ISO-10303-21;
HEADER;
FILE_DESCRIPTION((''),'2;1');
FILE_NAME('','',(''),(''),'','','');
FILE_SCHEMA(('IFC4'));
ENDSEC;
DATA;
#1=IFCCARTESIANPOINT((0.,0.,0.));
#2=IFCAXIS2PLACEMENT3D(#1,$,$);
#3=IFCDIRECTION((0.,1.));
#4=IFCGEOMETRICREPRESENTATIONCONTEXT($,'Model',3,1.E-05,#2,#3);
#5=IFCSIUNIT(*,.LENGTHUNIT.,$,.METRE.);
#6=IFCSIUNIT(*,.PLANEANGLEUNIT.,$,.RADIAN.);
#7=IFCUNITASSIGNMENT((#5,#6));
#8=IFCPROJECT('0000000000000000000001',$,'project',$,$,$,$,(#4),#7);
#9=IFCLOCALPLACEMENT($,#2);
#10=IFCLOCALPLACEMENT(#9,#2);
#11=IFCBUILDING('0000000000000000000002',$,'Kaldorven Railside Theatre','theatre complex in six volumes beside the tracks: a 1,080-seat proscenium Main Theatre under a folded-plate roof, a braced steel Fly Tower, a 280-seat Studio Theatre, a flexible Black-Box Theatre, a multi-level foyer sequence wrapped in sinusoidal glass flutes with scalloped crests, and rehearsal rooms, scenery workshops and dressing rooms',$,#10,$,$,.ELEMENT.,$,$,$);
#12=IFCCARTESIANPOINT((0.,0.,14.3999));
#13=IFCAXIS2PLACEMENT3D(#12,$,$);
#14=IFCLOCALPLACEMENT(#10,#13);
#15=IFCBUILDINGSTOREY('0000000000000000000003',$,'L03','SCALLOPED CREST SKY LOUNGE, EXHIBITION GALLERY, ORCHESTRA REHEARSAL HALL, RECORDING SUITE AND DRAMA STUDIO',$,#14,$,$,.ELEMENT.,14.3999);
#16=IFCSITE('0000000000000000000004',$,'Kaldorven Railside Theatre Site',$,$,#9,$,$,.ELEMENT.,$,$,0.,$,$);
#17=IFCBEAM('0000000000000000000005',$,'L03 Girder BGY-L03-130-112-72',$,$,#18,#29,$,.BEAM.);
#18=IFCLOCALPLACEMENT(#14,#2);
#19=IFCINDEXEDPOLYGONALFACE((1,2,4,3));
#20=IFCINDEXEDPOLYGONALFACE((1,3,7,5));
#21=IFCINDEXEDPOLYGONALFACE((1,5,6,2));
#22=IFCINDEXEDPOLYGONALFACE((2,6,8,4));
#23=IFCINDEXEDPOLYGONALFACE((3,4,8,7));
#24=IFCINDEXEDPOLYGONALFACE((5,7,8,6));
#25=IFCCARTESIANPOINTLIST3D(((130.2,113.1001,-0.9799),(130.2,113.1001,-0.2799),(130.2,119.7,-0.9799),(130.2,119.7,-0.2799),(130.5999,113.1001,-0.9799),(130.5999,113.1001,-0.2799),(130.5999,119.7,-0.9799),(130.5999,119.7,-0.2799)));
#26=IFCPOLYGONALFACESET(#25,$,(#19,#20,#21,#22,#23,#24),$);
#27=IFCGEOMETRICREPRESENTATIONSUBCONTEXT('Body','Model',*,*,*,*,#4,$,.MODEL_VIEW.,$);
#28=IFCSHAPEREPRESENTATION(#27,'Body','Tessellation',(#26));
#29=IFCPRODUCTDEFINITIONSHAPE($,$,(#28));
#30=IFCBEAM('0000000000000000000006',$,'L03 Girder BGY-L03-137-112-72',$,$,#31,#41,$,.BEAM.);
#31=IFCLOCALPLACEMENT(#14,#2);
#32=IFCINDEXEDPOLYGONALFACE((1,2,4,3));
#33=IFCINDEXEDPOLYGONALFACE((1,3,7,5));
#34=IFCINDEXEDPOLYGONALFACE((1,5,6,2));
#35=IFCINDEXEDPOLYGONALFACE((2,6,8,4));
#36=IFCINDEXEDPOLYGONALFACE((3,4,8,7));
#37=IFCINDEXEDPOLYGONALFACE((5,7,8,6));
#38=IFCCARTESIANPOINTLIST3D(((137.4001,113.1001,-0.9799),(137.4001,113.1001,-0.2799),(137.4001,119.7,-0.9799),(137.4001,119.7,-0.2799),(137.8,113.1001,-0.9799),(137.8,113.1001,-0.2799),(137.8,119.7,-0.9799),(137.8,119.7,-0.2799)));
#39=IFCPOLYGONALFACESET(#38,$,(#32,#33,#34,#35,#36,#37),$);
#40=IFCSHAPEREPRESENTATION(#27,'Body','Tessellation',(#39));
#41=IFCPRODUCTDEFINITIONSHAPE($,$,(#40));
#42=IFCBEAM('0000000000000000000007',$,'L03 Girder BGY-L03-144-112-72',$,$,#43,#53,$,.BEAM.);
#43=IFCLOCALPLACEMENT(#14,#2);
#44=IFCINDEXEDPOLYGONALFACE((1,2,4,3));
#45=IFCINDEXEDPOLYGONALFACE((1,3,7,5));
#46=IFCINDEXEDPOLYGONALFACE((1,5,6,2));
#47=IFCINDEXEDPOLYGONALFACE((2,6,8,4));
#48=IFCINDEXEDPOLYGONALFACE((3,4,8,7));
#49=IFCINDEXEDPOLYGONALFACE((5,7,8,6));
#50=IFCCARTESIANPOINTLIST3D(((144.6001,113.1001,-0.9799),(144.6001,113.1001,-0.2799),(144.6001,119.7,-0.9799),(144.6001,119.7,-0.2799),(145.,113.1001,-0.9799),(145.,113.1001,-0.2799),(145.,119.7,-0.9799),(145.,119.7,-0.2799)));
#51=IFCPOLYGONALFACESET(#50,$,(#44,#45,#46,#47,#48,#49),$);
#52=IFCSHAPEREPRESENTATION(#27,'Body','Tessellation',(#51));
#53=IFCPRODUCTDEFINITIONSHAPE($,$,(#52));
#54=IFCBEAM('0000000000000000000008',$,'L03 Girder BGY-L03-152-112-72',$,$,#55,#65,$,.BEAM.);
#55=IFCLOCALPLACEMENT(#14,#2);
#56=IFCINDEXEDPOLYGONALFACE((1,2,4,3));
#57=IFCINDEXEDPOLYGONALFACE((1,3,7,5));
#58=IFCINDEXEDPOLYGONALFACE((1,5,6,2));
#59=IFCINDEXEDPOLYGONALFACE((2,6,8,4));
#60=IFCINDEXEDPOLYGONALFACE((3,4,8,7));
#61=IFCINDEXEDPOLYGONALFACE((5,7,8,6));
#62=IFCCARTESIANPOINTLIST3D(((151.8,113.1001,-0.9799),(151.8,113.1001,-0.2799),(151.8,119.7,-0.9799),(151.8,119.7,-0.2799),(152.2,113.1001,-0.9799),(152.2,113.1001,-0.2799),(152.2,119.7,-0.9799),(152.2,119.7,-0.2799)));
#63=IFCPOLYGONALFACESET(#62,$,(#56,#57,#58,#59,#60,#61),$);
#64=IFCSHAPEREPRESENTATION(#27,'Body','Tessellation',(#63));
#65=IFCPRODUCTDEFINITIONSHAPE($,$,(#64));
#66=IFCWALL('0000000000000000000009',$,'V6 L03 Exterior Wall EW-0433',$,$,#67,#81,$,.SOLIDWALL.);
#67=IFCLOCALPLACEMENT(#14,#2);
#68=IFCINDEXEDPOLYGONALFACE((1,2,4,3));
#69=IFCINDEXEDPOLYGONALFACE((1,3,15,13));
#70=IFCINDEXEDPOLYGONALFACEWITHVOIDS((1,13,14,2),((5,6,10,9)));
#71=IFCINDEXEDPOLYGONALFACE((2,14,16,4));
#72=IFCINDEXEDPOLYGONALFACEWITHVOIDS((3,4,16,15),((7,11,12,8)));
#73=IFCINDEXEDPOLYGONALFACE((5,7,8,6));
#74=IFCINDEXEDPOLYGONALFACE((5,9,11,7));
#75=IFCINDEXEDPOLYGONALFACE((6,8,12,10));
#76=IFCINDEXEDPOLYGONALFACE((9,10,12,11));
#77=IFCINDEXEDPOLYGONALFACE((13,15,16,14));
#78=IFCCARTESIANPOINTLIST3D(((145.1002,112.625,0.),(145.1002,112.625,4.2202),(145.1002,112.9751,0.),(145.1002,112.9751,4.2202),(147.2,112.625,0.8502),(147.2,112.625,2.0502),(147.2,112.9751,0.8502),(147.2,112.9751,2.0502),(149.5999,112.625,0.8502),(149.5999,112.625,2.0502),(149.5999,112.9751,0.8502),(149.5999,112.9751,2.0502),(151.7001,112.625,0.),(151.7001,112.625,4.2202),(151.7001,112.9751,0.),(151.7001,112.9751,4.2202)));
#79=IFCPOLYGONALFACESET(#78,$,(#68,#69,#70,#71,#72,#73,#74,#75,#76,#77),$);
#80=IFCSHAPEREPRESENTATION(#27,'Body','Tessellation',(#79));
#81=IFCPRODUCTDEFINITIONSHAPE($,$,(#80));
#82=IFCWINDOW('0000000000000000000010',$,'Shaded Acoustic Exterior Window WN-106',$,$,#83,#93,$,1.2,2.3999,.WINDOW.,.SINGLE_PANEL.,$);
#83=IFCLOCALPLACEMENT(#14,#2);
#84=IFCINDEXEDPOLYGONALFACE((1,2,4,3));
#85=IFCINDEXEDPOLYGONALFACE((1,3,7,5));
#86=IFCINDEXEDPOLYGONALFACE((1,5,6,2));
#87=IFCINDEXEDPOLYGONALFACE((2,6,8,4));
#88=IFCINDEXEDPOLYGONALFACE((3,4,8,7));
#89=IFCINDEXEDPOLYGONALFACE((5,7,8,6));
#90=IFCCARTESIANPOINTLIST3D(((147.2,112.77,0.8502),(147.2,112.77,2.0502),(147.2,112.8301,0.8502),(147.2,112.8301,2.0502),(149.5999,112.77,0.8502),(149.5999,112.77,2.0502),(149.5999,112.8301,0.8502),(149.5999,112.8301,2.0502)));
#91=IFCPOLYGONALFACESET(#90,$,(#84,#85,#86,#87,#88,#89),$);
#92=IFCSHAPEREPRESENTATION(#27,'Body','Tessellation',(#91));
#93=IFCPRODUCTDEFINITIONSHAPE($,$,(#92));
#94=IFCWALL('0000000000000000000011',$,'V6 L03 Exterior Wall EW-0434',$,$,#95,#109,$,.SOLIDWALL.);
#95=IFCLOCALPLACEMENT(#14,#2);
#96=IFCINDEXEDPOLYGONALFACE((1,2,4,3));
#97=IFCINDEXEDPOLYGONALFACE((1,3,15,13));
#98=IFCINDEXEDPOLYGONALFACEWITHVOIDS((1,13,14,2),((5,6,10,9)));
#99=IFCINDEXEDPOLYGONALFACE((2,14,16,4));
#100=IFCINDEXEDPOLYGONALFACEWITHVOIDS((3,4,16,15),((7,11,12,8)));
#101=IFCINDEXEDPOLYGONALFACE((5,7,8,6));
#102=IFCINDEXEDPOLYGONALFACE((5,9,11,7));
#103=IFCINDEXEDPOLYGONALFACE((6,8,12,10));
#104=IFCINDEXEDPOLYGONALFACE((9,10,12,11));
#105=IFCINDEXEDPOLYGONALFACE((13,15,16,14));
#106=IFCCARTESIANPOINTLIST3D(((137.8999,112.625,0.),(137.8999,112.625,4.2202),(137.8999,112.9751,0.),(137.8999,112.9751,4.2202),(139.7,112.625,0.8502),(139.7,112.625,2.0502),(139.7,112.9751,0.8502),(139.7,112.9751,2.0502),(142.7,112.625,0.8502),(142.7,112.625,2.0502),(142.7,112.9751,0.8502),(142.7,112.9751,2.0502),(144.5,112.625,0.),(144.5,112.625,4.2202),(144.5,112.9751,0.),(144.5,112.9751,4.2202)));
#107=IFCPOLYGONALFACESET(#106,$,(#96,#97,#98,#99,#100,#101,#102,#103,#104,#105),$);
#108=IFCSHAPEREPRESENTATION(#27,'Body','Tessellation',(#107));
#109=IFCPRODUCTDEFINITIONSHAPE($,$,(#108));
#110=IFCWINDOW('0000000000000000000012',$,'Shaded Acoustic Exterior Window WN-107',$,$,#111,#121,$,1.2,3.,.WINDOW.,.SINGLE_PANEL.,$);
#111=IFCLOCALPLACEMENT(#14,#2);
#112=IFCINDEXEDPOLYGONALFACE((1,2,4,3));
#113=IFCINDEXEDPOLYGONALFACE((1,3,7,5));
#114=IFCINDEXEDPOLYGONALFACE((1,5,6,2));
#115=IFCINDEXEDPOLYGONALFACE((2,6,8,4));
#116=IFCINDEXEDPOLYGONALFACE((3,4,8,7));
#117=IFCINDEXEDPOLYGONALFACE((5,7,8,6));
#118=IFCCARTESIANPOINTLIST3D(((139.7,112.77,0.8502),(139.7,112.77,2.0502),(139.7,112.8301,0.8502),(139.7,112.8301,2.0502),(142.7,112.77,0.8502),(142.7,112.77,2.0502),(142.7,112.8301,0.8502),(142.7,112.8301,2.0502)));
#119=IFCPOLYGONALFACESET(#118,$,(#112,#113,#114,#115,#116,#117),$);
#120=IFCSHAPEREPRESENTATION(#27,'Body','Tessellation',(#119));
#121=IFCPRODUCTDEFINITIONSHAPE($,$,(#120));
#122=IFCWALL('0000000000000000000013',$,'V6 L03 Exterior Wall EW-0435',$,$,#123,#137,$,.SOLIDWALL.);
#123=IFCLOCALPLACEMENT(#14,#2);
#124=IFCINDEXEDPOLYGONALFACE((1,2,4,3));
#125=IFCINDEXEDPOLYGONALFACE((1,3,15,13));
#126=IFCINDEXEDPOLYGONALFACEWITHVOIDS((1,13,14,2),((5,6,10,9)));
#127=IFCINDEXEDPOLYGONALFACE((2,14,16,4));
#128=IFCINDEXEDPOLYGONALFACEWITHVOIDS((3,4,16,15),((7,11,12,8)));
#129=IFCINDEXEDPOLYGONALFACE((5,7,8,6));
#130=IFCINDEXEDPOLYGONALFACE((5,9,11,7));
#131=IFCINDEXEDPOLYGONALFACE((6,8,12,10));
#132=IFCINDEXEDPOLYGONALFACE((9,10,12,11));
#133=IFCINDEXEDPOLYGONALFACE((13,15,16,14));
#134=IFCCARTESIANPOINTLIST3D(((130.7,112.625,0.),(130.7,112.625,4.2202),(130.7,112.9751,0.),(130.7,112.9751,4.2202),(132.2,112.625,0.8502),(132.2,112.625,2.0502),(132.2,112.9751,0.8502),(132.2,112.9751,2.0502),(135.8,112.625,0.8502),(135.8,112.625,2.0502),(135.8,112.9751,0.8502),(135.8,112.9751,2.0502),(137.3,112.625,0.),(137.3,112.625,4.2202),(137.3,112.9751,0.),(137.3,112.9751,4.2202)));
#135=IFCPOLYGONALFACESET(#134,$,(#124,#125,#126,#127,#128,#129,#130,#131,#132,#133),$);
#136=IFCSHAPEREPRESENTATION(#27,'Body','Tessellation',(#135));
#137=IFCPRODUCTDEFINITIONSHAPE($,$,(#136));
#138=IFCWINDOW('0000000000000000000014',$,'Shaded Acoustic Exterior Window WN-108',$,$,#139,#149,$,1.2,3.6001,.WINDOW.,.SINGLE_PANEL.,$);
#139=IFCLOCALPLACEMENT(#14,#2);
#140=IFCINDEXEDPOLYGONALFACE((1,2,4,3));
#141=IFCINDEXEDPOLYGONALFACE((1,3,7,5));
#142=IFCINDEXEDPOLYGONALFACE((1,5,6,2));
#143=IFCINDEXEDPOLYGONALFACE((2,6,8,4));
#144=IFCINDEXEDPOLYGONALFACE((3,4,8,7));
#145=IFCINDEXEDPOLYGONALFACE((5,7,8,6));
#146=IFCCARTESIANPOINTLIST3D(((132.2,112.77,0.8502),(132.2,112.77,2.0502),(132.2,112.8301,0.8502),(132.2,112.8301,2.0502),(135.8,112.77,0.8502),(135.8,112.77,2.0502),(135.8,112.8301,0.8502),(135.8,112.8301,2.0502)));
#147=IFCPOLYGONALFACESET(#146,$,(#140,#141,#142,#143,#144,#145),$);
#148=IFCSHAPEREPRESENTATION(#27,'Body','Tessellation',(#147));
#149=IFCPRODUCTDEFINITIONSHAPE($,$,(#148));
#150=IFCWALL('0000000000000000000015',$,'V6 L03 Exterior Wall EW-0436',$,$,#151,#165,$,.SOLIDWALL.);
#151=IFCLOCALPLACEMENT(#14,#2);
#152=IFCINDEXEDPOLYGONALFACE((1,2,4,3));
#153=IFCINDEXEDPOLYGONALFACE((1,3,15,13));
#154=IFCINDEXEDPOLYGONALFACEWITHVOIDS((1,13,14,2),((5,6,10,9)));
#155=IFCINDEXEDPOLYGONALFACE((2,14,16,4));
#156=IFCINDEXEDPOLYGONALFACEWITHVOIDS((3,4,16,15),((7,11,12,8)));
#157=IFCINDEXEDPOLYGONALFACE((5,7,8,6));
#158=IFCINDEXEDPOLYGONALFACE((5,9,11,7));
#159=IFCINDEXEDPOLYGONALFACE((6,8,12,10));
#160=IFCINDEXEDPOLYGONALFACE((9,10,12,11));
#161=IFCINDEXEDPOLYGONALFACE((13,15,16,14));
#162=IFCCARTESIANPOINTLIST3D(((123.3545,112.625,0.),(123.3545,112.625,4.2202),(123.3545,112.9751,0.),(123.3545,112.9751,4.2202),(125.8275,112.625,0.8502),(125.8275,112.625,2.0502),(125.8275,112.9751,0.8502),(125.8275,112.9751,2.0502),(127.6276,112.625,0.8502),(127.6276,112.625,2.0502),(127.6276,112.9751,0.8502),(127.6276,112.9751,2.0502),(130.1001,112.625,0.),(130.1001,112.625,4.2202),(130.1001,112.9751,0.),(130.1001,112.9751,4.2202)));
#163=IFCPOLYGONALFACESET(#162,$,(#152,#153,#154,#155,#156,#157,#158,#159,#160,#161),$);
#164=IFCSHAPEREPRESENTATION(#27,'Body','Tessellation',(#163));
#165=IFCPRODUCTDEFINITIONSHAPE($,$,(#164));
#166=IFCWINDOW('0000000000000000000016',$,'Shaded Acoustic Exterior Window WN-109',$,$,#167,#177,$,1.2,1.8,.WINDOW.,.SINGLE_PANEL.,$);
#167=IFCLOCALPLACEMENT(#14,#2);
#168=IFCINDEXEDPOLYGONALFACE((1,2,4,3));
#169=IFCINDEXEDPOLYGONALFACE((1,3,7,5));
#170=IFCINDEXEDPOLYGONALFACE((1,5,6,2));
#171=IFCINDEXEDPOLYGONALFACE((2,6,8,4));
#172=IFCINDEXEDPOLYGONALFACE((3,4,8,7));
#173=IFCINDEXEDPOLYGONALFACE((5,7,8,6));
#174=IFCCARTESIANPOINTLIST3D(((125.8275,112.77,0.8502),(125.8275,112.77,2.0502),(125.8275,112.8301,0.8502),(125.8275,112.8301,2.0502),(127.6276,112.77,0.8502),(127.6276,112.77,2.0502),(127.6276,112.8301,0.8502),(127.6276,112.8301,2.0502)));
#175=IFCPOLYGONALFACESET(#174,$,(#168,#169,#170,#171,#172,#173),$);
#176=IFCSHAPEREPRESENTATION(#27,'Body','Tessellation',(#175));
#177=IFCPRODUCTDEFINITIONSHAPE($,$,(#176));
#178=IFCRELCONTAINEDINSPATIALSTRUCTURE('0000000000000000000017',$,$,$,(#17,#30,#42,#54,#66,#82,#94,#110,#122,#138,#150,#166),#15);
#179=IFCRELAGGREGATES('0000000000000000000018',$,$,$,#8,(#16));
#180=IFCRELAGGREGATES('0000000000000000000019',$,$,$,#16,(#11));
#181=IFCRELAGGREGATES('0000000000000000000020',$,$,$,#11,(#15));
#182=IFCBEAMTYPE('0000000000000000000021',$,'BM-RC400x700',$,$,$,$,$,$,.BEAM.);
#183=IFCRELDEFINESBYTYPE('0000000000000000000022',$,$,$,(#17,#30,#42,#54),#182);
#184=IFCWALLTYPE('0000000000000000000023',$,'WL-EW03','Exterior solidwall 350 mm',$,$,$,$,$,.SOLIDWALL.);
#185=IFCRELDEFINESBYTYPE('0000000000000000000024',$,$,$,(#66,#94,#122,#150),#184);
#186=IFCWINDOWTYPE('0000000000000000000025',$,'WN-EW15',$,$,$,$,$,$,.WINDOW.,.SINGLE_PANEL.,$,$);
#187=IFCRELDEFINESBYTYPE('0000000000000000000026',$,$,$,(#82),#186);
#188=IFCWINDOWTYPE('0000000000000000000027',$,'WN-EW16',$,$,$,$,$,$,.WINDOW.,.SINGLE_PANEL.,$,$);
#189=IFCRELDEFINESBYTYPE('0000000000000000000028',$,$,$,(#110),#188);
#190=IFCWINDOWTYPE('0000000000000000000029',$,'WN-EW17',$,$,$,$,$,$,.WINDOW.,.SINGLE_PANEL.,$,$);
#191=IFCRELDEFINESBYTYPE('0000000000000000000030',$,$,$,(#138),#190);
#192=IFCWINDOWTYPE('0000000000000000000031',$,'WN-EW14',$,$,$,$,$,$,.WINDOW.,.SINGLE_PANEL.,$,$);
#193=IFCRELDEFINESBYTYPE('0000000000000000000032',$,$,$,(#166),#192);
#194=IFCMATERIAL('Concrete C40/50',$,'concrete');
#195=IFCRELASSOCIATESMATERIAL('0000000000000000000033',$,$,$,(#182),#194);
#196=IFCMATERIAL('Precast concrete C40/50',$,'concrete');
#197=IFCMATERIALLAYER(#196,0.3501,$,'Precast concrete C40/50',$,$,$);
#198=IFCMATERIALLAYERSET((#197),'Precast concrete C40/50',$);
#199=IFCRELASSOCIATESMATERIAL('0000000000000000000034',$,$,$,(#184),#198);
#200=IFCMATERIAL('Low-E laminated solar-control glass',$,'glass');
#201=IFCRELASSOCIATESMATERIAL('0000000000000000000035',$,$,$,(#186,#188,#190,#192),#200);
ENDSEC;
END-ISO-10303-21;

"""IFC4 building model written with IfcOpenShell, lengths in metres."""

from ifc_helpers import new_model, si_unit, direction, frame, frame_2d, origin, origin_2d, place, context, subcontext, project, spatial, rectangle, extrude, material, layer, layer_set, material_profile, profile_set, type_object, element, fill, save


model = new_model("IFC4")

# Units and contexts
model_context = context("Model", 3, precision=1e-05, world=origin(), true_north=direction((0.0, 1.0)))
body_context = subcontext(model_context, "Body", "Model", "MODEL_VIEW")
ifc_project = project(units=[si_unit("LENGTHUNIT", "METRE"), si_unit("PLANEANGLEUNIT", "RADIAN")], contexts=[model_context])

# Site, building, storey
site_placement = place(None, origin())
site = spatial("IfcSite", under=ifc_project, at=site_placement, Name="Kaldorven Railside Theatre Site", CompositionType="ELEMENT", RefElevation=0.0)
building_placement = place(site_placement, origin())
building = spatial("IfcBuilding", under=site, at=building_placement, Name="Kaldorven Railside Theatre", Description="theatre complex in six volumes beside the tracks: a 1,080-seat proscenium Main Theatre under a folded-plate roof, a braced steel Fly Tower, a 280-seat Studio Theatre, a flexible Black-Box Theatre, a multi-level foyer sequence wrapped in sinusoidal glass flutes with scalloped crests, and rehearsal rooms, scenery workshops and dressing rooms", CompositionType="ELEMENT")
storey_placement = place(building_placement, frame((0.0, 0.0, 14.3999)))
storey = spatial("IfcBuildingStorey", under=building, at=storey_placement, Name="L03", Description="SCALLOPED CREST SKY LOUNGE, EXHIBITION GALLERY, ORCHESTRA REHEARSAL HALL, RECORDING SUITE AND DRAMA STUDIO", CompositionType="ELEMENT", Elevation=14.3999)

# Shared definitions
ifc_material_1 = material(Name="Concrete C40/50", Category="concrete")

# Beams
ifc_material_profile_1 = material_profile(ifc_material_1, rectangle(XDim=0.3999, YDim=0.7, at=origin_2d()), Name="RC 400x700")
ifc_profile_set_1 = profile_set([ifc_material_profile_1], Name="Concrete C40/50")
beam_type_1 = type_object("IfcBeamType", Name="BM-RC400x700", PredefinedType="BEAM", material=ifc_profile_set_1)
for number, where, z_axis, x_axis, name in (
    (1, (130.3999, 113.1001, -0.6299), (0.0, 1.0, 0.0), (-1.0, 0.0, 0.0), "L03 Girder BGY-L03-130-112-72"),
    (2, (137.6001, 113.1001, -0.6299), (0.0, 1.0, 0.0), (-1.0, 0.0, 0.0), "L03 Girder BGY-L03-137-112-72"),
    (3, (144.8, 113.1001, -0.6299), (0.0, 1.0, 0.0), (-1.0, 0.0, 0.0), "L03 Girder BGY-L03-144-112-72"),
    (4, (152.0, 113.1001, -0.6299), (0.0, 1.0, 0.0), (-1.0, 0.0, 0.0), "L03 Girder BGY-L03-152-112-72"),
):
    element("IfcBeam", number, at=place(storey_placement, frame(where, z_axis=z_axis, x_axis=x_axis)), inside=storey, type_object=beam_type_1, Name=name, PredefinedType="BEAM", context=body_context, shape_type="SweptSolid", body=[
        extrude(rectangle(XDim=0.3999, YDim=0.7, at=origin_2d()), origin(), (0.0, 0.0, 1.0), 6.5999),
    ])

# Walls, openings, windows
ifc_material_2 = material(Name="Precast concrete C40/50", Category="concrete")
ifc_layer_1 = layer(ifc_material_2, 0.3501, Name="Precast concrete C40/50")
ifc_layer_set_1 = layer_set([ifc_layer_1], Name="Precast concrete C40/50")
wall_type_1 = type_object("IfcWallType", Name="WL-EW03", Description="Exterior solidwall 350 mm", PredefinedType="SOLIDWALL", material=ifc_layer_set_1)
wall_1_placement = place(storey_placement, frame((151.7, 112.8, 0.0), z_axis=(0.0, 0.0, 1.0), x_axis=(-1.0, 0.0, 0.0)))
wall_1 = element("IfcWall", 5, at=wall_1_placement, inside=storey, type_object=wall_type_1, Name="V6 L03 Exterior Wall EW-0433", PredefinedType="SOLIDWALL", context=body_context, shape_type="SweptSolid", body=[
    extrude(rectangle(XDim=6.5999, YDim=0.3501, at=frame_2d((3.2998, 0.0))), origin(), (0.0, 0.0, 1.0), 4.2202),
])
opening_1_placement = place(wall_1_placement, frame((2.1001, 0.0, 0.8501)))
opening_1 = element("IfcOpeningElement", 6, at=opening_1_placement, cuts=wall_1, PredefinedType="OPENING", context=body_context, shape_type="SweptSolid", body=[
    extrude(rectangle(XDim=2.3999, YDim=1.2, at=frame_2d((1.2, 0.6001))), frame((0.0, 0.1851, 0.0), z_axis=(0.0, -1.0, 0.0), x_axis=(1.0, 0.0, 0.0)), (0.0, 0.0, 1.0), 0.3701),
])
ifc_material_3 = material(Name="Low-E laminated solar-control glass", Category="glass")
window_type_1 = type_object("IfcWindowType", Name="WN-EW15", PartitioningType="SINGLE_PANEL", PredefinedType="WINDOW", material=ifc_material_3)
window_1_placement = place(opening_1_placement, origin())
window_1 = element("IfcWindow", 7, at=window_1_placement, inside=storey, type_object=window_type_1, Name="Shaded Acoustic Exterior Window WN-106", OverallHeight=1.2, OverallWidth=2.3999, PartitioningType="SINGLE_PANEL", PredefinedType="WINDOW", context=body_context, shape_type="SweptSolid", body=[
    extrude(rectangle(XDim=2.3999, YDim=1.2, at=frame_2d((1.2, 0.6001))), frame((0.0, 0.03, 0.0), z_axis=(0.0, -1.0, 0.0), x_axis=(1.0, 0.0, 0.0)), (0.0, 0.0, 1.0), 0.0601),
])
fill(opening_1, window_1)
wall_2_placement = place(storey_placement, frame((144.5, 112.8, 0.0), z_axis=(0.0, 0.0, 1.0), x_axis=(-1.0, 0.0, 0.0)))
wall_2 = element("IfcWall", 8, at=wall_2_placement, inside=storey, type_object=wall_type_1, Name="V6 L03 Exterior Wall EW-0434", PredefinedType="SOLIDWALL", context=body_context, shape_type="SweptSolid", body=[
    extrude(rectangle(XDim=6.6001, YDim=0.3501, at=frame_2d((3.3, 0.0))), origin(), (0.0, 0.0, 1.0), 4.2202),
])
opening_2_placement = place(wall_2_placement, frame((1.8, 0.0, 0.8501)))
opening_2 = element("IfcOpeningElement", 9, at=opening_2_placement, cuts=wall_2, PredefinedType="OPENING", context=body_context, shape_type="SweptSolid", body=[
    extrude(rectangle(XDim=3.0, YDim=1.2, at=frame_2d((1.5, 0.6001))), frame((0.0, 0.1851, 0.0), z_axis=(0.0, -1.0, 0.0), x_axis=(1.0, 0.0, 0.0)), (0.0, 0.0, 1.0), 0.3701),
])
window_type_2 = type_object("IfcWindowType", Name="WN-EW16", PartitioningType="SINGLE_PANEL", PredefinedType="WINDOW", material=ifc_material_3)
window_2_placement = place(opening_2_placement, origin())
window_2 = element("IfcWindow", 10, at=window_2_placement, inside=storey, type_object=window_type_2, Name="Shaded Acoustic Exterior Window WN-107", OverallHeight=1.2, OverallWidth=3.0, PartitioningType="SINGLE_PANEL", PredefinedType="WINDOW", context=body_context, shape_type="SweptSolid", body=[
    extrude(rectangle(XDim=3.0, YDim=1.2, at=frame_2d((1.5, 0.6001))), frame((0.0, 0.03, 0.0), z_axis=(0.0, -1.0, 0.0), x_axis=(1.0, 0.0, 0.0)), (0.0, 0.0, 1.0), 0.0601),
])
fill(opening_2, window_2)
wall_3_placement = place(storey_placement, frame((137.3, 112.8, 0.0), z_axis=(0.0, 0.0, 1.0), x_axis=(-1.0, 0.0, 0.0)))
wall_3 = element("IfcWall", 11, at=wall_3_placement, inside=storey, type_object=wall_type_1, Name="V6 L03 Exterior Wall EW-0435", PredefinedType="SOLIDWALL", context=body_context, shape_type="SweptSolid", body=[
    extrude(rectangle(XDim=6.6001, YDim=0.3501, at=frame_2d((3.3, 0.0))), origin(), (0.0, 0.0, 1.0), 4.2202),
])
opening_3_placement = place(wall_3_placement, frame((1.5, 0.0, 0.8501)))
opening_3 = element("IfcOpeningElement", 12, at=opening_3_placement, cuts=wall_3, PredefinedType="OPENING", context=body_context, shape_type="SweptSolid", body=[
    extrude(rectangle(XDim=3.6001, YDim=1.2, at=frame_2d((1.8, 0.6001))), frame((0.0, 0.1851, 0.0), z_axis=(0.0, -1.0, 0.0), x_axis=(1.0, 0.0, 0.0)), (0.0, 0.0, 1.0), 0.3701),
])
window_type_3 = type_object("IfcWindowType", Name="WN-EW17", PartitioningType="SINGLE_PANEL", PredefinedType="WINDOW", material=ifc_material_3)
window_3_placement = place(opening_3_placement, origin())
window_3 = element("IfcWindow", 13, at=window_3_placement, inside=storey, type_object=window_type_3, Name="Shaded Acoustic Exterior Window WN-108", OverallHeight=1.2, OverallWidth=3.6001, PartitioningType="SINGLE_PANEL", PredefinedType="WINDOW", context=body_context, shape_type="SweptSolid", body=[
    extrude(rectangle(XDim=3.6001, YDim=1.2, at=frame_2d((1.8, 0.6001))), frame((0.0, 0.03, 0.0), z_axis=(0.0, -1.0, 0.0), x_axis=(1.0, 0.0, 0.0)), (0.0, 0.0, 1.0), 0.0601),
])
fill(opening_3, window_3)
wall_4_placement = place(storey_placement, frame((130.1001, 112.8, 0.0), z_axis=(0.0, 0.0, 1.0), x_axis=(-1.0, 0.0, 0.0)))
wall_4 = element("IfcWall", 14, at=wall_4_placement, inside=storey, type_object=wall_type_1, Name="V6 L03 Exterior Wall EW-0436", PredefinedType="SOLIDWALL", context=body_context, shape_type="SweptSolid", body=[
    extrude(rectangle(XDim=6.7456, YDim=0.3501, at=frame_2d((3.3728, 0.0))), origin(), (0.0, 0.0, 1.0), 4.2202),
])
opening_4_placement = place(wall_4_placement, frame((2.4727, 0.0, 0.8501)))
opening_4 = element("IfcOpeningElement", 15, at=opening_4_placement, cuts=wall_4, PredefinedType="OPENING", context=body_context, shape_type="SweptSolid", body=[
    extrude(rectangle(XDim=1.8, YDim=1.2, at=frame_2d((0.8999, 0.6001))), frame((0.0, 0.1851, 0.0), z_axis=(0.0, -1.0, 0.0), x_axis=(1.0, 0.0, 0.0)), (0.0, 0.0, 1.0), 0.3701),
])
window_type_4 = type_object("IfcWindowType", Name="WN-EW14", PartitioningType="SINGLE_PANEL", PredefinedType="WINDOW", material=ifc_material_3)
window_4_placement = place(opening_4_placement, origin())
window_4 = element("IfcWindow", 16, at=window_4_placement, inside=storey, type_object=window_type_4, Name="Shaded Acoustic Exterior Window WN-109", OverallHeight=1.2, OverallWidth=1.8, PartitioningType="SINGLE_PANEL", PredefinedType="WINDOW", context=body_context, shape_type="SweptSolid", body=[
    extrude(rectangle(XDim=1.8, YDim=1.2, at=frame_2d((0.8999, 0.6001))), frame((0.0, 0.03, 0.0), z_axis=(0.0, -1.0, 0.0), x_axis=(1.0, 0.0, 0.0)), (0.0, 0.0, 1.0), 0.0601),
])
fill(opening_4, window_4)

save(model, "model.ifc")
